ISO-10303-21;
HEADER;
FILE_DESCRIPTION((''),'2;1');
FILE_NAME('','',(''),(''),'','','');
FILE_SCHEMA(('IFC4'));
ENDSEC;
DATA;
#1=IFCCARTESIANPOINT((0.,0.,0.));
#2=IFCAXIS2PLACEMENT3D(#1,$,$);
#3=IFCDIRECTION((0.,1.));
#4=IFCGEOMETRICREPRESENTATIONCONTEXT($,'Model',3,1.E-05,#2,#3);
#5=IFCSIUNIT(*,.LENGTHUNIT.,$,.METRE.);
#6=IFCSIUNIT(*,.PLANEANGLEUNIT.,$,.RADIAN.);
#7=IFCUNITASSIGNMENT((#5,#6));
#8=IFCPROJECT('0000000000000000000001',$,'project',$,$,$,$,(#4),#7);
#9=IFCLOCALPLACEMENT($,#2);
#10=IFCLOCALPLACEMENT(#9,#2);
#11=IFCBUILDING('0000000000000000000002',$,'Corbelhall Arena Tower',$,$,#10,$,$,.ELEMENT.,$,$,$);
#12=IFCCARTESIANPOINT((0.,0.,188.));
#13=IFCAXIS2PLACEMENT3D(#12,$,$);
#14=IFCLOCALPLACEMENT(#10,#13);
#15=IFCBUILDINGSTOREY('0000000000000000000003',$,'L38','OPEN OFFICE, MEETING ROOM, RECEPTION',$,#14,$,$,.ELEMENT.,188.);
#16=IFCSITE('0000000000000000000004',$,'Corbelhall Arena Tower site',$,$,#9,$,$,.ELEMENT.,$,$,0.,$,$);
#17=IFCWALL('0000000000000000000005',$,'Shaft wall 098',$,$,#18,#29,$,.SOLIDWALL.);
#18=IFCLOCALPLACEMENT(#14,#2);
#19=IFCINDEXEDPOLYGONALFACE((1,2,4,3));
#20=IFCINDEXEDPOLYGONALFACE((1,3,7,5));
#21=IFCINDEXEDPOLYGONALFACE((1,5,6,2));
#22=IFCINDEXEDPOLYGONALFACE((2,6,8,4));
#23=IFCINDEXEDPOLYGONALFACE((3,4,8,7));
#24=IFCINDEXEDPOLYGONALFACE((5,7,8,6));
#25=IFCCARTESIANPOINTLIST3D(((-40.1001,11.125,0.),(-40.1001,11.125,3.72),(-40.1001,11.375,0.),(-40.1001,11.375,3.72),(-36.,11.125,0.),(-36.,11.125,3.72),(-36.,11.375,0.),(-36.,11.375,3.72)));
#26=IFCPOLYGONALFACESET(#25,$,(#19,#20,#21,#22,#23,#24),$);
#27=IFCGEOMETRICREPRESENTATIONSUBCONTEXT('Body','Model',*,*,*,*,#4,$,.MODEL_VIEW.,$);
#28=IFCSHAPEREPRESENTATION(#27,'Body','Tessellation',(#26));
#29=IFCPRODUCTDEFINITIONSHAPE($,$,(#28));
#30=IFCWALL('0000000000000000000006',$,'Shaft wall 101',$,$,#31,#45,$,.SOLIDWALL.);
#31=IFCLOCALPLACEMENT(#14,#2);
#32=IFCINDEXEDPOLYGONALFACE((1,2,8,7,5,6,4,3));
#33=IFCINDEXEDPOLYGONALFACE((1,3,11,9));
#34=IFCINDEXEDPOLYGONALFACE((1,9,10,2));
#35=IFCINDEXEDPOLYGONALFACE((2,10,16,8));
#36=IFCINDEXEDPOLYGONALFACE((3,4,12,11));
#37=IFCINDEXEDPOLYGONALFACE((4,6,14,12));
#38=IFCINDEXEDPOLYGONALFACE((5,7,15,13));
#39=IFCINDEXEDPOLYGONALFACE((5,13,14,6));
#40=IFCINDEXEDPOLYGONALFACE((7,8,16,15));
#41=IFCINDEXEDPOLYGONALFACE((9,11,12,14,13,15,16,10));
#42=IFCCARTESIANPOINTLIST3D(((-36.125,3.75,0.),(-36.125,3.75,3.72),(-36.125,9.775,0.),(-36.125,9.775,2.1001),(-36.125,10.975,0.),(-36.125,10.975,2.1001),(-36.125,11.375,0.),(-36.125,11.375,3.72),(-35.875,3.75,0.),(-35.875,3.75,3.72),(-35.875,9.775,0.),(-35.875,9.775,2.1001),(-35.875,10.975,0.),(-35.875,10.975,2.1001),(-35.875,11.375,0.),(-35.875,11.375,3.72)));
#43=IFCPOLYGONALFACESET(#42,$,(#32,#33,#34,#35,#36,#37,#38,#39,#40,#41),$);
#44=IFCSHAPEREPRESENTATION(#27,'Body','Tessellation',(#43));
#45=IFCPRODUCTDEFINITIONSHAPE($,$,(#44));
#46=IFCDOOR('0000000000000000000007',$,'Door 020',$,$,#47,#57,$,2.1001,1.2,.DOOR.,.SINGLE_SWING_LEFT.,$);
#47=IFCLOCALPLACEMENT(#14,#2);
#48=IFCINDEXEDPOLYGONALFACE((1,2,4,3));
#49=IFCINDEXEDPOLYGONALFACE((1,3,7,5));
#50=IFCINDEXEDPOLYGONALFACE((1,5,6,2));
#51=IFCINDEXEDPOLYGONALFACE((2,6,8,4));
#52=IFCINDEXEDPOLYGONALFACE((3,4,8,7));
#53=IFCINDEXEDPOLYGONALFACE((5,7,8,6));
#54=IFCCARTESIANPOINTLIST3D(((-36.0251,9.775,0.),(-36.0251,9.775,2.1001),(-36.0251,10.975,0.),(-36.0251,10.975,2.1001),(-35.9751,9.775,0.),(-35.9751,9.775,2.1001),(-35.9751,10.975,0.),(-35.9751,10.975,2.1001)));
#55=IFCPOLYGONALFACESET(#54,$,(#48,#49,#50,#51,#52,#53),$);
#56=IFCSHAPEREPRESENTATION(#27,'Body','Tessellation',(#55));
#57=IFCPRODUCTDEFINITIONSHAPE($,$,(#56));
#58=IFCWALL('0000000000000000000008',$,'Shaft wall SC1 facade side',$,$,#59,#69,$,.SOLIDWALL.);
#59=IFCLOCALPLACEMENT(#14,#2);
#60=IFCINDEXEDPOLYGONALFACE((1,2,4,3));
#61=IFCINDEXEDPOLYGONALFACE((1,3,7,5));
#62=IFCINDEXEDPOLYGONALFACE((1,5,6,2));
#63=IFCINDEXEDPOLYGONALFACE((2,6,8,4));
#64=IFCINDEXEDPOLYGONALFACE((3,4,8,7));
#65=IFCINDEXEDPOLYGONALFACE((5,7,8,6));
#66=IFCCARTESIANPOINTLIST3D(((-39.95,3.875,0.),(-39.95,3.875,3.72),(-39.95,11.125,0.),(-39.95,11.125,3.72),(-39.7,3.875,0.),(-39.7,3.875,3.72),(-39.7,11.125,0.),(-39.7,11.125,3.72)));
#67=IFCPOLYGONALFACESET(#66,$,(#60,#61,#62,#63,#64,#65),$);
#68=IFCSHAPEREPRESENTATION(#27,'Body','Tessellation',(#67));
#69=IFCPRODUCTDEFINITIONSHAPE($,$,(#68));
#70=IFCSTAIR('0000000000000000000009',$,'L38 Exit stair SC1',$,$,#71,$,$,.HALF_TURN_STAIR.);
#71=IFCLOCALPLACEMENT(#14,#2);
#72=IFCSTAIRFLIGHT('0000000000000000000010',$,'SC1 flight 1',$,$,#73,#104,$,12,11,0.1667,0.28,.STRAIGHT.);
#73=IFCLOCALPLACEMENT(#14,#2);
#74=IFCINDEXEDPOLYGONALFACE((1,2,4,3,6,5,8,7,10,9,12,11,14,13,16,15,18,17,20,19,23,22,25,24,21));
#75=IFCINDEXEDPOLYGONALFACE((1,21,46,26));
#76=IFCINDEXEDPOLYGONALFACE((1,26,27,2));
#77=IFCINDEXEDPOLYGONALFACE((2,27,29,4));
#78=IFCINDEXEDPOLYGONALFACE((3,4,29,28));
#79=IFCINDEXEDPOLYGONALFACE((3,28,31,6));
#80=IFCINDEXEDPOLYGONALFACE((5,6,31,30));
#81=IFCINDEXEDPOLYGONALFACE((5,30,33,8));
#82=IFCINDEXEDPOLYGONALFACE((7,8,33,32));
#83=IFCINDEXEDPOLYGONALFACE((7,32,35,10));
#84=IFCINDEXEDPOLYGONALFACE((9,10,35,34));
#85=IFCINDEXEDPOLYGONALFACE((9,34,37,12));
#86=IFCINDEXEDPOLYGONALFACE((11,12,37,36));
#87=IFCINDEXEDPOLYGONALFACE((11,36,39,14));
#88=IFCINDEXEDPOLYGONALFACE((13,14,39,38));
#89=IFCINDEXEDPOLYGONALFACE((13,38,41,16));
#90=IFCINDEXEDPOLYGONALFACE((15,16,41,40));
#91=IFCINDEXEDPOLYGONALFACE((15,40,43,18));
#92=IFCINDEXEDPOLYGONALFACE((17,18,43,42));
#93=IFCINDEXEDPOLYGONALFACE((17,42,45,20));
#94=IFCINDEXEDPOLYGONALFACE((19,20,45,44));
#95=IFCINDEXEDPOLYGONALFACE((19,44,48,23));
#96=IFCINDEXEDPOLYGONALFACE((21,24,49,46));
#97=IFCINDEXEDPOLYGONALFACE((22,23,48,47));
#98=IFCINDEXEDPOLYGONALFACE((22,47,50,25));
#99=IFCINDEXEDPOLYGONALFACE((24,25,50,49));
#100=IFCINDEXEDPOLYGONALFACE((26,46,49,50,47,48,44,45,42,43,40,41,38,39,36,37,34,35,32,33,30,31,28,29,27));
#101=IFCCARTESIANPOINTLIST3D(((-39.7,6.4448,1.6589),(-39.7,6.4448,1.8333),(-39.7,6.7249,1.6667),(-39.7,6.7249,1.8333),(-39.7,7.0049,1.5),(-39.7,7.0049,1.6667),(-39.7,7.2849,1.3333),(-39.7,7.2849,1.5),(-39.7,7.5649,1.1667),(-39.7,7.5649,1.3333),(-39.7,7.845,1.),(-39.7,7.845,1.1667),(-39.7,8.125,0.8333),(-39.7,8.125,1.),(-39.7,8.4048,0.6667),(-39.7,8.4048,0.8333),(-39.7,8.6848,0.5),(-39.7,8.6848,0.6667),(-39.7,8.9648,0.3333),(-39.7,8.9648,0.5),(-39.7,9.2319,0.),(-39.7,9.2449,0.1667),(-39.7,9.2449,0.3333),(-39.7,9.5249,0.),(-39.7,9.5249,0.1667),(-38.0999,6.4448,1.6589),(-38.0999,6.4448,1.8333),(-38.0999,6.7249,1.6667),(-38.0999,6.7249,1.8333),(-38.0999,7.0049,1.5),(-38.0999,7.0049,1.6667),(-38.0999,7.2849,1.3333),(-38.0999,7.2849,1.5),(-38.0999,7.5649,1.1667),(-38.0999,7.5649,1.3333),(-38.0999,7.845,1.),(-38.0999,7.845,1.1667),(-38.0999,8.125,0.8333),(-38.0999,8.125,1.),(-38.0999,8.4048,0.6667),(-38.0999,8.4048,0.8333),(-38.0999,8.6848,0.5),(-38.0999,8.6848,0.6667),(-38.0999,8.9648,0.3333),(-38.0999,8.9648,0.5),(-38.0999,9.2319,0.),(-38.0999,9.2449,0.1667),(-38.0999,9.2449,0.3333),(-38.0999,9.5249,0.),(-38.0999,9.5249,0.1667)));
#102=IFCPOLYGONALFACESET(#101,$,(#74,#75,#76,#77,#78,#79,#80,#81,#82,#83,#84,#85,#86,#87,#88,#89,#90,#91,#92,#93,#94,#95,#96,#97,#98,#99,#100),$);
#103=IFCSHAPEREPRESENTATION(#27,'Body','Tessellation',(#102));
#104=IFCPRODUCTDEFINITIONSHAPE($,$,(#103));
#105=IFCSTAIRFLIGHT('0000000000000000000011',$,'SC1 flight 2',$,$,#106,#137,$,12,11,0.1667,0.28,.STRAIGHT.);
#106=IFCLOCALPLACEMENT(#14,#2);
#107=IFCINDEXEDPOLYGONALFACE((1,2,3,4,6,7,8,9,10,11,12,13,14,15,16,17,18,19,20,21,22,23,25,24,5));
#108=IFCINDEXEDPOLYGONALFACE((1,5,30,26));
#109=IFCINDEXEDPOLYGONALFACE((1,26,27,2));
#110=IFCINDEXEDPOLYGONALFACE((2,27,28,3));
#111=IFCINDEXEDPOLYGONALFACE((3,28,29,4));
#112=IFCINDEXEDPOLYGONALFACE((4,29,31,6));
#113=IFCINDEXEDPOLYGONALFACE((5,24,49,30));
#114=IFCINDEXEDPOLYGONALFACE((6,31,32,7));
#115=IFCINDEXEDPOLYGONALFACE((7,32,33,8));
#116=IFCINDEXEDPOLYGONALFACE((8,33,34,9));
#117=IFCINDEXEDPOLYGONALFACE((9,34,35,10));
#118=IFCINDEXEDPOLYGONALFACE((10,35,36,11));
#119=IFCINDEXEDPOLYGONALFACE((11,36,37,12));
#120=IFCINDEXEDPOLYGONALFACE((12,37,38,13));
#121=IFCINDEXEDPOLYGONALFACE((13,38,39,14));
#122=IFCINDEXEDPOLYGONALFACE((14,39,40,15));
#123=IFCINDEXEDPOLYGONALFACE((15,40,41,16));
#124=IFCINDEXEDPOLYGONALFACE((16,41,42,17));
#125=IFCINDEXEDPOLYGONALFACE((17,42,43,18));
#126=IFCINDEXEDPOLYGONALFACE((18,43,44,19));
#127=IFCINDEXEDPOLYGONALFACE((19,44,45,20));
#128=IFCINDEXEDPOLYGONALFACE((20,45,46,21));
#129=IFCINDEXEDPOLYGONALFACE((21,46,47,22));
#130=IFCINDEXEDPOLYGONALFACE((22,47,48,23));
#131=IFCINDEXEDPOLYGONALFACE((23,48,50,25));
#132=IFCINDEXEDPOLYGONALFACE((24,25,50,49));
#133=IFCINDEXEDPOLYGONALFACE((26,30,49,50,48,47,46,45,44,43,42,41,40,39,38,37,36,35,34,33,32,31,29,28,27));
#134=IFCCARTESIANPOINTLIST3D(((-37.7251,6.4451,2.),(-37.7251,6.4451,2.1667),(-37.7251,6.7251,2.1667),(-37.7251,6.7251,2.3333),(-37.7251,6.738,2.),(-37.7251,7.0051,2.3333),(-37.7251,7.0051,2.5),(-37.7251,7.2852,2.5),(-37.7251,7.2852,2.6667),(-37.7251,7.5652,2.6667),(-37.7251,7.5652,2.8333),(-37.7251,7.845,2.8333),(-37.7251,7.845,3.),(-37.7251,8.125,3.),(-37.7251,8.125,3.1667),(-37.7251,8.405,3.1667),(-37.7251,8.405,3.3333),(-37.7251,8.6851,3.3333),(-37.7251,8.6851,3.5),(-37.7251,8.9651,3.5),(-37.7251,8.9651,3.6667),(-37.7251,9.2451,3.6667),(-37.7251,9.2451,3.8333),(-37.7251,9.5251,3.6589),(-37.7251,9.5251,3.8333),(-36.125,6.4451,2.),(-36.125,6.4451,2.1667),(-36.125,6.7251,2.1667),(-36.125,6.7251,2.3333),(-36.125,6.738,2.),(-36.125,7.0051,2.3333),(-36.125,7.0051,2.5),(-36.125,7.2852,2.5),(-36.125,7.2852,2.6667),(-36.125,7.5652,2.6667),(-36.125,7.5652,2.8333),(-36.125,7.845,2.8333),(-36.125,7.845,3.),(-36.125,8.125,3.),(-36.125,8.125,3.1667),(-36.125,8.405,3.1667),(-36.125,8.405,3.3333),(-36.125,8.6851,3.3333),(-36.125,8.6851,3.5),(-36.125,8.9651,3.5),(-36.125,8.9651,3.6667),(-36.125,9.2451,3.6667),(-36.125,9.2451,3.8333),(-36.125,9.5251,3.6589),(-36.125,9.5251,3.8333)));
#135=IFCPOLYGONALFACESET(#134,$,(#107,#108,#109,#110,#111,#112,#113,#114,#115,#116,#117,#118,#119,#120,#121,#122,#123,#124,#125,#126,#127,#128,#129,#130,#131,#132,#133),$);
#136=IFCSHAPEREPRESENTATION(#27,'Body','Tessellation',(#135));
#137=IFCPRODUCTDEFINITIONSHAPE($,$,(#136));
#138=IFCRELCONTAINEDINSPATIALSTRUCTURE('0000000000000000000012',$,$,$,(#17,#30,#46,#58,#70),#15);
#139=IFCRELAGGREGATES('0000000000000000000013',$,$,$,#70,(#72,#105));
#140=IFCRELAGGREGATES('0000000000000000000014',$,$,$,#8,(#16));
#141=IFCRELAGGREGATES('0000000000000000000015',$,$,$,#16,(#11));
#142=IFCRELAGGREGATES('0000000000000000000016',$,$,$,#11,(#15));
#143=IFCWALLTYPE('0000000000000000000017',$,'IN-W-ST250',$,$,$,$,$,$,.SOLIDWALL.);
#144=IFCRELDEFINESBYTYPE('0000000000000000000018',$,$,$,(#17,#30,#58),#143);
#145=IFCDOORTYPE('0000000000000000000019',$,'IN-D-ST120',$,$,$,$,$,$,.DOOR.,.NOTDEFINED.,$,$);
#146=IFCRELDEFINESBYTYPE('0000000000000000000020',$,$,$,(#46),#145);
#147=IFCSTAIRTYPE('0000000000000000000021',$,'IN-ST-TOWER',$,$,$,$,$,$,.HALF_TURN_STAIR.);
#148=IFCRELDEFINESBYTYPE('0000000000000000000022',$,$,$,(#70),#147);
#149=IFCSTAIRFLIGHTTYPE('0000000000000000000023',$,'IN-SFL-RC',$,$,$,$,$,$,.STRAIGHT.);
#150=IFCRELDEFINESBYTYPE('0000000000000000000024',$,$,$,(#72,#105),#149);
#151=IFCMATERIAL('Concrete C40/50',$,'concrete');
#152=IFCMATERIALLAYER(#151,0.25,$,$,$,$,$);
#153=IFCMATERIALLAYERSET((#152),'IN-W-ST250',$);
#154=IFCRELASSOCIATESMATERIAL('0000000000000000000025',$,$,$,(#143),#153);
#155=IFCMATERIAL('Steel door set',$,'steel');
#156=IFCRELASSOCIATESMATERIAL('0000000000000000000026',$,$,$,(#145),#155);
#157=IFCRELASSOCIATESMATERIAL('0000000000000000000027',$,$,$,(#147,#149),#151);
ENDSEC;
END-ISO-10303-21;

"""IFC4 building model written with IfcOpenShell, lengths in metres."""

from ifc_helpers import new_model, si_unit, direction, frame, frame_2d, origin, place, context, subcontext, project, spatial, polyline, rectangle, outline, extrude, material, layer, layer_set, type_object, element, fill, aggregate, save


model = new_model("IFC4")

# Units and contexts
model_context = context("Model", 3, precision=1e-05, world=origin(), true_north=direction((0.0, 1.0)))
body_context = subcontext(model_context, "Body", "Model", "MODEL_VIEW")
ifc_project = project(units=[si_unit("LENGTHUNIT", "METRE"), si_unit("PLANEANGLEUNIT", "RADIAN")], contexts=[model_context])

# Site, building, storey
site_placement = place(None, origin())
site = spatial("IfcSite", under=ifc_project, at=site_placement, Name="Corbelhall Arena Tower site", CompositionType="ELEMENT", RefElevation=0.0)
building_placement = place(site_placement, origin())
building = spatial("IfcBuilding", under=site, at=building_placement, Name="Corbelhall Arena Tower", CompositionType="ELEMENT")
storey_placement = place(building_placement, frame((0.0, 0.0, 188.0)))
storey = spatial("IfcBuildingStorey", under=building, at=storey_placement, Name="L38", Description="OPEN OFFICE, MEETING ROOM, RECEPTION", CompositionType="ELEMENT", Elevation=188.0)

# Shared definitions
ifc_material_1 = material(Name="Steel door set", Category="steel")

# Wall
ifc_material_2 = material(Name="Concrete C40/50", Category="concrete")
ifc_layer_1 = layer(ifc_material_2, 0.25)
ifc_layer_set_1 = layer_set([ifc_layer_1], Name="IN-W-ST250")
wall_type_1 = type_object("IfcWallType", Name="IN-W-ST250", PredefinedType="SOLIDWALL", material=ifc_layer_set_1)
wall_1_placement = place(storey_placement, frame((-40.1001, 11.25, 0.0), z_axis=(0.0, 0.0, 1.0), x_axis=(1.0, 0.0, 0.0)))
element("IfcWall", 1, at=wall_1_placement, inside=storey, type_object=wall_type_1, Name="Shaft wall 098", PredefinedType="SOLIDWALL", context=body_context, shape_type="SweptSolid", body=[
    extrude(rectangle(XDim=4.1001, YDim=0.25, at=frame_2d((2.05, 0.0))), origin(), (0.0, 0.0, 1.0), 3.72),
])

# Wall, opening, door
wall_2_placement = place(storey_placement, frame((-36.0, 11.375, 0.0), z_axis=(0.0, 0.0, 1.0), x_axis=(0.0, -1.0, 0.0)))
wall_2 = element("IfcWall", 2, at=wall_2_placement, inside=storey, type_object=wall_type_1, Name="Shaft wall 101", PredefinedType="SOLIDWALL", context=body_context, shape_type="SweptSolid", body=[
    extrude(rectangle(XDim=7.625, YDim=0.25, at=frame_2d((3.8125, 0.0))), origin(), (0.0, 0.0, 1.0), 3.72),
])
opening_1_placement = place(wall_2_placement, frame((0.3999, 0.0, 0.0)))
opening_1 = element("IfcOpeningElement", 3, at=opening_1_placement, cuts=wall_2, PredefinedType="OPENING", context=body_context, shape_type="SweptSolid", body=[
    extrude(rectangle(XDim=1.2, YDim=2.1001, at=frame_2d((0.6001, 1.05))), frame((0.0, 0.125, 0.0), z_axis=(0.0, -1.0, 0.0), x_axis=(1.0, 0.0, 0.0)), (0.0, 0.0, 1.0), 0.25),
])
door_type_1 = type_object("IfcDoorType", Name="IN-D-ST120", OperationType="NOTDEFINED", PredefinedType="DOOR", material=ifc_material_1)
door_1_placement = place(opening_1_placement, origin())
door_1 = element("IfcDoor", 4, at=door_1_placement, inside=storey, type_object=door_type_1, Name="Door 020", OperationType="SINGLE_SWING_LEFT", OverallHeight=2.1001, OverallWidth=1.2, PredefinedType="DOOR", context=body_context, shape_type="SweptSolid", body=[
    extrude(rectangle(XDim=1.2, YDim=2.1001, at=frame_2d((0.6001, 1.05))), frame((0.0, 0.0249, 0.0), z_axis=(0.0, -1.0, 0.0), x_axis=(1.0, 0.0, 0.0)), (0.0, 0.0, 1.0), 0.05),
])
fill(opening_1, door_1)

# Wall
wall_3_placement = place(storey_placement, frame((-39.825, 3.875, 0.0), z_axis=(0.0, 0.0, 1.0), x_axis=(0.0, 1.0, 0.0)))
element("IfcWall", 5, at=wall_3_placement, inside=storey, type_object=wall_type_1, Name="Shaft wall SC1 facade side", PredefinedType="SOLIDWALL", context=body_context, shape_type="SweptSolid", body=[
    extrude(rectangle(XDim=7.25, YDim=0.25, at=frame_2d((3.625, 0.0))), origin(), (0.0, 0.0, 1.0), 3.72),
])

# Stair, stair flights
stair_type = type_object("IfcStairType", Name="IN-ST-TOWER", PredefinedType="HALF_TURN_STAIR", material=ifc_material_2)
stair_placement = place(storey_placement, origin())
stair = element("IfcStair", 6, at=stair_placement, inside=storey, type_object=stair_type, Name="L38 Exit stair SC1", PredefinedType="HALF_TURN_STAIR")
stair_flight_type = type_object("IfcStairFlightType", Name="IN-SFL-RC", PredefinedType="STRAIGHT", material=ifc_material_2)
stair_flight_1_placement = place(storey_placement, frame((-38.8999, 9.5249, 0.0), z_axis=(0.0, 0.0, 1.0), x_axis=(0.0, -1.0, 0.0)))
stair_flight_1 = element("IfcStairFlight", 7, at=stair_flight_1_placement, type_object=stair_flight_type, Name="SC1 flight 1", NumberOfRisers=12, NumberOfTreads=11, PredefinedType="STRAIGHT", RiserHeight=0.1667, TreadLength=0.28, context=body_context, shape_type="SweptSolid", body=[
    extrude(outline(polyline([(0.0, 0.0), (0.0, 0.1667), (0.28, 0.1667), (0.28, 0.3333), (0.5601, 0.3333), (0.5601, 0.5), (0.8401, 0.5), (0.8401, 0.6667), (1.1201, 0.6667), (1.1201, 0.8333), (1.3999, 0.8333), (1.3999, 1.0), (1.6799, 1.0), (1.6799, 1.1667), (1.96, 1.1667), (1.96, 1.3333), (2.24, 1.3333), (2.24, 1.5), (2.52, 1.5), (2.52, 1.6667), (2.8, 1.6667), (2.8, 1.8333), (3.0801, 1.8333), (3.0801, 2.0), (3.0801, 1.6589), (0.293, 0.0), (0.0, 0.0)])), frame((0.0, 0.8, 0.0), z_axis=(0.0, -1.0, 0.0), x_axis=(1.0, 0.0, 0.0)), (0.0, 0.0, 1.0), 1.6001),
])
stair_flight_2_placement = place(storey_placement, frame((-36.925, 6.4451, 2.0), z_axis=(0.0, 0.0, 1.0), x_axis=(0.0, 1.0, 0.0)))
stair_flight_2 = element("IfcStairFlight", 8, at=stair_flight_2_placement, type_object=stair_flight_type, Name="SC1 flight 2", NumberOfRisers=12, NumberOfTreads=11, PredefinedType="STRAIGHT", RiserHeight=0.1667, TreadLength=0.28, context=body_context, shape_type="SweptSolid", body=[
    extrude(outline(polyline([(0.0, 0.0), (0.0, 0.1667), (0.28, 0.1667), (0.28, 0.3333), (0.5601, 0.3333), (0.5601, 0.5), (0.8401, 0.5), (0.8401, 0.6667), (1.1201, 0.6667), (1.1201, 0.8333), (1.3999, 0.8333), (1.3999, 1.0), (1.6799, 1.0), (1.6799, 1.1667), (1.96, 1.1667), (1.96, 1.3333), (2.24, 1.3333), (2.24, 1.5), (2.52, 1.5), (2.52, 1.6667), (2.8, 1.6667), (2.8, 1.8333), (3.0801, 1.8333), (3.0801, 2.0), (3.0801, 1.6589), (0.293, 0.0), (0.0, 0.0)])), frame((0.0, 0.8, 0.0), z_axis=(0.0, -1.0, 0.0), x_axis=(1.0, 0.0, 0.0)), (0.0, 0.0, 1.0), 1.6001),
])
aggregate(stair, [stair_flight_1, stair_flight_2])

save(model, "model.ifc")
